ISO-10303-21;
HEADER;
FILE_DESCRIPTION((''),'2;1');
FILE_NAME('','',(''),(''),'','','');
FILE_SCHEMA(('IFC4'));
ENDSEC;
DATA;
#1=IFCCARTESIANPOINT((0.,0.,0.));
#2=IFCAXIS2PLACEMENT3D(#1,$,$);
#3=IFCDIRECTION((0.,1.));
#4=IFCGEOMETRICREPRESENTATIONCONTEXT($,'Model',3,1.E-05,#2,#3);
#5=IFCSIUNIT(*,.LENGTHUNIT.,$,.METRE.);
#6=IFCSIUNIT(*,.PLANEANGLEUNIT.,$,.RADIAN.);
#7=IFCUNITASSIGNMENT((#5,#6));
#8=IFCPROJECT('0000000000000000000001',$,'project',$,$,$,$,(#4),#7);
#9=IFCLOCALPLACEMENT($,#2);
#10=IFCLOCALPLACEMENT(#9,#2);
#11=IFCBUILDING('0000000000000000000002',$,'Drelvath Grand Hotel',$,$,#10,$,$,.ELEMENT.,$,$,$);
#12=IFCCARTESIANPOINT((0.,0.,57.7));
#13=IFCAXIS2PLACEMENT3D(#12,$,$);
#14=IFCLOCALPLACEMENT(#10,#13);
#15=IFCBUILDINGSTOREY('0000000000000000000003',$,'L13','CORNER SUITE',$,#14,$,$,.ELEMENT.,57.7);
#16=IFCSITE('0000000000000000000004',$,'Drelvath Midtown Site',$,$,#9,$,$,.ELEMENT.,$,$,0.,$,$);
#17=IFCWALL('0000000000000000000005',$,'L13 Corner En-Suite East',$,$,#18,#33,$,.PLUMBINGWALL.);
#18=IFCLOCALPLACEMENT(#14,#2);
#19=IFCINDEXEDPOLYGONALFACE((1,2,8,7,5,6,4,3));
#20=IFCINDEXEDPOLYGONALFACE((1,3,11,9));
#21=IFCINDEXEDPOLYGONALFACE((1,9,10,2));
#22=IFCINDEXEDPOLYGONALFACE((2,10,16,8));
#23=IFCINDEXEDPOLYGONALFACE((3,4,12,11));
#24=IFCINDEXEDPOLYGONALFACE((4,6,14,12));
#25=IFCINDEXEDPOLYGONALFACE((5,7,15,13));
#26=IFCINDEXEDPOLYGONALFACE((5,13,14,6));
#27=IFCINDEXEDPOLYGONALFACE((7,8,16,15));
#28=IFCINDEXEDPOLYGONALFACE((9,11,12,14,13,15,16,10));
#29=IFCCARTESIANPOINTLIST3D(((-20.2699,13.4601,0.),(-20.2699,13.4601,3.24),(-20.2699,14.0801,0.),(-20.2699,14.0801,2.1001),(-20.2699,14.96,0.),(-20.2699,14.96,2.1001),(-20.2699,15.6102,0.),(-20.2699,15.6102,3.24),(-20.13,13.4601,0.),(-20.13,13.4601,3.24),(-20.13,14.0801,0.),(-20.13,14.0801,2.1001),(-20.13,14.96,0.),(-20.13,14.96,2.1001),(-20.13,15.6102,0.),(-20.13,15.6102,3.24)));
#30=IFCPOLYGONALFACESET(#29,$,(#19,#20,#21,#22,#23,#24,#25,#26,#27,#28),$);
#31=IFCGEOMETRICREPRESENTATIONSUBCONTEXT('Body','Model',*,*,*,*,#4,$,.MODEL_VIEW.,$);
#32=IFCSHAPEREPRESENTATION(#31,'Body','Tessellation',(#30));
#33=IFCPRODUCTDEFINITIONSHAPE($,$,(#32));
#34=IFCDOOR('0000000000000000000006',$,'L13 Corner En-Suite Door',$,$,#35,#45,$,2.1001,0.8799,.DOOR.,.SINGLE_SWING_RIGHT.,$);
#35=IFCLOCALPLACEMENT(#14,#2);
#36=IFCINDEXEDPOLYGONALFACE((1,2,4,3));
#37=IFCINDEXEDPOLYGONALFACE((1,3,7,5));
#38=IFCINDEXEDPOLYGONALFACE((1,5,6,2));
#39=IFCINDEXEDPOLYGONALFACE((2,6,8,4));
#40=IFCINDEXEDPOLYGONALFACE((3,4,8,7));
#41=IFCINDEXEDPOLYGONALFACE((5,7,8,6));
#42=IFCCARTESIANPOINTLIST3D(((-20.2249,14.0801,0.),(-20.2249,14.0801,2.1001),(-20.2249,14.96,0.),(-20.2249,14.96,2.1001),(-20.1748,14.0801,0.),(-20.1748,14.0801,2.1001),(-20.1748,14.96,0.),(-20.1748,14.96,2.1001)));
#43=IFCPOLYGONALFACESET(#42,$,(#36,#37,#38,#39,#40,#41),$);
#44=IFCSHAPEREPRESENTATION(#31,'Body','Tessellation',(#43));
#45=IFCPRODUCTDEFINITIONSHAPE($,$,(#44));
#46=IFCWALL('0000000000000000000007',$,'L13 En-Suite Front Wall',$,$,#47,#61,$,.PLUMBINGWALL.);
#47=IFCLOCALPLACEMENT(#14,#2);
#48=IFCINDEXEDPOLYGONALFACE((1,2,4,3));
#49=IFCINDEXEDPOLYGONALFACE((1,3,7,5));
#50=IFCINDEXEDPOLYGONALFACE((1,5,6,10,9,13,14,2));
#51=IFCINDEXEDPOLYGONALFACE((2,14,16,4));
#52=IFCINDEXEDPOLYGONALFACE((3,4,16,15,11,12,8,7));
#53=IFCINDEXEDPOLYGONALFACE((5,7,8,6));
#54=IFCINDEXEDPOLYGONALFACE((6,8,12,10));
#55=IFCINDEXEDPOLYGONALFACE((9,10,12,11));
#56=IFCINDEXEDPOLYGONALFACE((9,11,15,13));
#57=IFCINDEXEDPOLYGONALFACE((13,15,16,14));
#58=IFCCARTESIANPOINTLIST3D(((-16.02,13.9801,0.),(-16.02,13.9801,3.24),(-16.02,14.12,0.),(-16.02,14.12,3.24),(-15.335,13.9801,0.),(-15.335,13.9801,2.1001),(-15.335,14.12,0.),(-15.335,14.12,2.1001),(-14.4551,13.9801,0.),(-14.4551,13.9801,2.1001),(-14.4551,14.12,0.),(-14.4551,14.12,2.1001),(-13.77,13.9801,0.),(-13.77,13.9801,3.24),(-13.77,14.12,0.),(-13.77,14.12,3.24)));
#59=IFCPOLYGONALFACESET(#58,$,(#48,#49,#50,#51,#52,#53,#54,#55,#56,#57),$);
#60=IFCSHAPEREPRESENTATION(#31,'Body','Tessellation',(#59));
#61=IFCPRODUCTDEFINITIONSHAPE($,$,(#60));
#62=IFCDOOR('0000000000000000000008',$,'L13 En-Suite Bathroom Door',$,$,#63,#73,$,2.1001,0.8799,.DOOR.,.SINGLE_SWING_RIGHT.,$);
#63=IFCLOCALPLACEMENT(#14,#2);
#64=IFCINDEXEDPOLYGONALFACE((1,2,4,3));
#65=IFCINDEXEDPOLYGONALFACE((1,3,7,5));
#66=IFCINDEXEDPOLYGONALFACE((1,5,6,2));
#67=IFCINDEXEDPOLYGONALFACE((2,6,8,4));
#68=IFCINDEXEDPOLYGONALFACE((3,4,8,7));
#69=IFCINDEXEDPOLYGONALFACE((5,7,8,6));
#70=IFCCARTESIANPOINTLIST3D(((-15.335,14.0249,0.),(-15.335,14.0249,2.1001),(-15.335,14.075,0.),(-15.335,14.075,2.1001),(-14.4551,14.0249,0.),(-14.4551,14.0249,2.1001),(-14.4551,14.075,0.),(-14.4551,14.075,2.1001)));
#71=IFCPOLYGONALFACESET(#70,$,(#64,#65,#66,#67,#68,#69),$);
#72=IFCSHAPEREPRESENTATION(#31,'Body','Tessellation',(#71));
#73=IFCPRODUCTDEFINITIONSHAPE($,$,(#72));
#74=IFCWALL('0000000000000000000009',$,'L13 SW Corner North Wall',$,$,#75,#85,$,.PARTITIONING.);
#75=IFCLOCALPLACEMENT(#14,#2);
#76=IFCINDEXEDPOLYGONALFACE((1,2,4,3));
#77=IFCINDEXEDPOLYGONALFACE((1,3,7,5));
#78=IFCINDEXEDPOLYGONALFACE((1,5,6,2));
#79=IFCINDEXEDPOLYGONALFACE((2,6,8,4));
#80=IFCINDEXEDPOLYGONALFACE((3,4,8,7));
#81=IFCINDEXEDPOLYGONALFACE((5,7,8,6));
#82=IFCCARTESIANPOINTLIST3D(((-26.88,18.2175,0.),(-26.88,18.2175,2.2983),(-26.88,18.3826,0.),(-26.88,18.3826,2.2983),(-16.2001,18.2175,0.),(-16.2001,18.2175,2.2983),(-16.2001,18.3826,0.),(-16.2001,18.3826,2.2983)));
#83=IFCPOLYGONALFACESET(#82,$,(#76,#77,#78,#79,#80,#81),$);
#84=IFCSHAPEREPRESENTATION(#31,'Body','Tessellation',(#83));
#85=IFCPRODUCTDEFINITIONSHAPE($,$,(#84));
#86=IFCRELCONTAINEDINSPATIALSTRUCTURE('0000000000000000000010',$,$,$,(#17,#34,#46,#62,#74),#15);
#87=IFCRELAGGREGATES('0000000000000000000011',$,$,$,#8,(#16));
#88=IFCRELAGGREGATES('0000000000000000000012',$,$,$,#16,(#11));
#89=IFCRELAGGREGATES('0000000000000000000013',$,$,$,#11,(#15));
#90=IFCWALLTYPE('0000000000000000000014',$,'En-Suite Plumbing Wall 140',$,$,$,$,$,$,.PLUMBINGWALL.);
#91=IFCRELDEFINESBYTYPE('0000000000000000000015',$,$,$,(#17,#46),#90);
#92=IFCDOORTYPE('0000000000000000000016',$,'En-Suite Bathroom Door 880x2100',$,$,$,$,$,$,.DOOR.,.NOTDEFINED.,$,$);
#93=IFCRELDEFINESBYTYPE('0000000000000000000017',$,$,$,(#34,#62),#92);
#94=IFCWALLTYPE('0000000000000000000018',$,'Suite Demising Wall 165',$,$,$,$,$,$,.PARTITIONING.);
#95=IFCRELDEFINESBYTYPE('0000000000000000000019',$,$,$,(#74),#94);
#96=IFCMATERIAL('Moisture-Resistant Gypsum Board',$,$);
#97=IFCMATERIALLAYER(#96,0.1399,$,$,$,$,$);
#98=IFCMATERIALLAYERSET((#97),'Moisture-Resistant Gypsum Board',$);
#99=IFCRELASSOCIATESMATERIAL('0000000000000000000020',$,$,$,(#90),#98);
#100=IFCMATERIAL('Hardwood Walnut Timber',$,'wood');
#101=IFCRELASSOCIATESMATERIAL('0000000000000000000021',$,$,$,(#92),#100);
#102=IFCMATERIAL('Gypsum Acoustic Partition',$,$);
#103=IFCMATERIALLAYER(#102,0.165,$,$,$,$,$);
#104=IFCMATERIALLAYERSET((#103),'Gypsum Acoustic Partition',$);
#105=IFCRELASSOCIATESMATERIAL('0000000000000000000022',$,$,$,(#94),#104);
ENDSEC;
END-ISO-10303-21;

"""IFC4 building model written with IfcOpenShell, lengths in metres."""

from ifc_helpers import new_model, si_unit, direction, frame, frame_2d, origin, place, context, subcontext, project, spatial, rectangle, extrude, material, layer, layer_set, type_object, element, fill, save


model = new_model("IFC4")

# Units and contexts
model_context = context("Model", 3, precision=1e-05, world=origin(), true_north=direction((0.0, 1.0)))
body_context = subcontext(model_context, "Body", "Model", "MODEL_VIEW")
ifc_project = project(units=[si_unit("LENGTHUNIT", "METRE"), si_unit("PLANEANGLEUNIT", "RADIAN")], contexts=[model_context])

# Site, building, storey
site_placement = place(None, origin())
site = spatial("IfcSite", under=ifc_project, at=site_placement, Name="Drelvath Midtown Site", CompositionType="ELEMENT", RefElevation=0.0)
building_placement = place(site_placement, origin())
building = spatial("IfcBuilding", under=site, at=building_placement, Name="Drelvath Grand Hotel", CompositionType="ELEMENT")
storey_placement = place(building_placement, frame((0.0, 0.0, 57.7)))
storey = spatial("IfcBuildingStorey", under=building, at=storey_placement, Name="L13", Description="CORNER SUITE", CompositionType="ELEMENT", Elevation=57.7)

# Shared definitions
ifc_material_1 = material(Name="Hardwood Walnut Timber", Category="wood")

# Shared definitions
ifc_material_2 = material(Name="Moisture-Resistant Gypsum Board")
ifc_layer_1 = layer(ifc_material_2, 0.1399)
ifc_layer_set_1 = layer_set([ifc_layer_1], Name="Moisture-Resistant Gypsum Board")
wall_type_1 = type_object("IfcWallType", Name="En-Suite Plumbing Wall 140", PredefinedType="PLUMBINGWALL", material=ifc_layer_set_1)

# Walls, openings, doors
wall_1_placement = place(storey_placement, frame((-20.2, 13.46, 0.0), z_axis=(0.0, 0.0, 1.0), x_axis=(0.0, 1.0, 0.0)))
wall_1 = element("IfcWall", 1, at=wall_1_placement, inside=storey, type_object=wall_type_1, Name="L13 Corner En-Suite East", PredefinedType="PLUMBINGWALL", context=body_context, shape_type="SweptSolid", body=[
    extrude(rectangle(XDim=2.1501, YDim=0.1399, at=frame_2d((1.0752, 0.0))), origin(), (0.0, 0.0, 1.0), 3.24),
])
opening_1_placement = place(wall_1_placement, frame((0.6201, 0.0, 0.0)))
opening_1 = element("IfcOpeningElement", 2, at=opening_1_placement, cuts=wall_1, PredefinedType="OPENING", context=body_context, shape_type="SweptSolid", body=[
    extrude(rectangle(XDim=0.8799, YDim=2.1001, at=frame_2d((0.4399, 1.05))), frame((0.0, 0.0798, 0.0), z_axis=(0.0, -1.0, 0.0), x_axis=(1.0, 0.0, 0.0)), (0.0, 0.0, 1.0), 0.1599),
])
door_type_1 = type_object("IfcDoorType", Name="En-Suite Bathroom Door 880x2100", OperationType="NOTDEFINED", PredefinedType="DOOR", material=ifc_material_1)
door_1_placement = place(opening_1_placement, origin())
door_1 = element("IfcDoor", 3, at=door_1_placement, inside=storey, type_object=door_type_1, Name="L13 Corner En-Suite Door", OperationType="SINGLE_SWING_RIGHT", OverallHeight=2.1001, OverallWidth=0.8799, PredefinedType="DOOR", context=body_context, shape_type="SweptSolid", body=[
    extrude(rectangle(XDim=0.8799, YDim=2.1001, at=frame_2d((0.4399, 1.05))), frame((0.0, 0.0249, 0.0), z_axis=(0.0, -1.0, 0.0), x_axis=(1.0, 0.0, 0.0)), (0.0, 0.0, 1.0), 0.05),
])
fill(opening_1, door_1)
wall_2_placement = place(storey_placement, frame((-16.02, 14.05, 0.0), z_axis=(0.0, 0.0, 1.0), x_axis=(1.0, 0.0, 0.0)))
wall_2 = element("IfcWall", 4, at=wall_2_placement, inside=storey, type_object=wall_type_1, Name="L13 En-Suite Front Wall", PredefinedType="PLUMBINGWALL", context=body_context, shape_type="SweptSolid", body=[
    extrude(rectangle(XDim=2.25, YDim=0.1399, at=frame_2d((1.125, 0.0))), origin(), (0.0, 0.0, 1.0), 3.24),
])
opening_2_placement = place(wall_2_placement, frame((0.6851, 0.0, 0.0)))
opening_2 = element("IfcOpeningElement", 5, at=opening_2_placement, cuts=wall_2, PredefinedType="OPENING", context=body_context, shape_type="SweptSolid", body=[
    extrude(rectangle(XDim=0.8799, YDim=2.1001, at=frame_2d((0.4399, 1.05))), frame((0.0, 0.0798, 0.0), z_axis=(0.0, -1.0, 0.0), x_axis=(1.0, 0.0, 0.0)), (0.0, 0.0, 1.0), 0.1599),
])
door_2_placement = place(opening_2_placement, origin())
door_2 = element("IfcDoor", 6, at=door_2_placement, inside=storey, type_object=door_type_1, Name="L13 En-Suite Bathroom Door", OperationType="SINGLE_SWING_RIGHT", OverallHeight=2.1001, OverallWidth=0.8799, PredefinedType="DOOR", context=body_context, shape_type="SweptSolid", body=[
    extrude(rectangle(XDim=0.8799, YDim=2.1001, at=frame_2d((0.4399, 1.05))), frame((0.0, 0.0249, 0.0), z_axis=(0.0, -1.0, 0.0), x_axis=(1.0, 0.0, 0.0)), (0.0, 0.0, 1.0), 0.05),
])
fill(opening_2, door_2)

# Wall
ifc_material_3 = material(Name="Gypsum Acoustic Partition")
ifc_layer_2 = layer(ifc_material_3, 0.165)
ifc_layer_set_2 = layer_set([ifc_layer_2], Name="Gypsum Acoustic Partition")
wall_type_2 = type_object("IfcWallType", Name="Suite Demising Wall 165", PredefinedType="PARTITIONING", material=ifc_layer_set_2)
wall_3_placement = place(storey_placement, frame((-26.8799, 18.3, 0.0), z_axis=(0.0, 0.0, 1.0), x_axis=(1.0, 0.0, 0.0)))
element("IfcWall", 7, at=wall_3_placement, inside=storey, type_object=wall_type_2, Name="L13 SW Corner North Wall", PredefinedType="PARTITIONING", context=body_context, shape_type="SweptSolid", body=[
    extrude(rectangle(XDim=10.6799, YDim=0.165, at=frame_2d((5.3398, 0.0))), origin(), (0.0, 0.0, 1.0), 2.2983),
])

save(model, "model.ifc")
